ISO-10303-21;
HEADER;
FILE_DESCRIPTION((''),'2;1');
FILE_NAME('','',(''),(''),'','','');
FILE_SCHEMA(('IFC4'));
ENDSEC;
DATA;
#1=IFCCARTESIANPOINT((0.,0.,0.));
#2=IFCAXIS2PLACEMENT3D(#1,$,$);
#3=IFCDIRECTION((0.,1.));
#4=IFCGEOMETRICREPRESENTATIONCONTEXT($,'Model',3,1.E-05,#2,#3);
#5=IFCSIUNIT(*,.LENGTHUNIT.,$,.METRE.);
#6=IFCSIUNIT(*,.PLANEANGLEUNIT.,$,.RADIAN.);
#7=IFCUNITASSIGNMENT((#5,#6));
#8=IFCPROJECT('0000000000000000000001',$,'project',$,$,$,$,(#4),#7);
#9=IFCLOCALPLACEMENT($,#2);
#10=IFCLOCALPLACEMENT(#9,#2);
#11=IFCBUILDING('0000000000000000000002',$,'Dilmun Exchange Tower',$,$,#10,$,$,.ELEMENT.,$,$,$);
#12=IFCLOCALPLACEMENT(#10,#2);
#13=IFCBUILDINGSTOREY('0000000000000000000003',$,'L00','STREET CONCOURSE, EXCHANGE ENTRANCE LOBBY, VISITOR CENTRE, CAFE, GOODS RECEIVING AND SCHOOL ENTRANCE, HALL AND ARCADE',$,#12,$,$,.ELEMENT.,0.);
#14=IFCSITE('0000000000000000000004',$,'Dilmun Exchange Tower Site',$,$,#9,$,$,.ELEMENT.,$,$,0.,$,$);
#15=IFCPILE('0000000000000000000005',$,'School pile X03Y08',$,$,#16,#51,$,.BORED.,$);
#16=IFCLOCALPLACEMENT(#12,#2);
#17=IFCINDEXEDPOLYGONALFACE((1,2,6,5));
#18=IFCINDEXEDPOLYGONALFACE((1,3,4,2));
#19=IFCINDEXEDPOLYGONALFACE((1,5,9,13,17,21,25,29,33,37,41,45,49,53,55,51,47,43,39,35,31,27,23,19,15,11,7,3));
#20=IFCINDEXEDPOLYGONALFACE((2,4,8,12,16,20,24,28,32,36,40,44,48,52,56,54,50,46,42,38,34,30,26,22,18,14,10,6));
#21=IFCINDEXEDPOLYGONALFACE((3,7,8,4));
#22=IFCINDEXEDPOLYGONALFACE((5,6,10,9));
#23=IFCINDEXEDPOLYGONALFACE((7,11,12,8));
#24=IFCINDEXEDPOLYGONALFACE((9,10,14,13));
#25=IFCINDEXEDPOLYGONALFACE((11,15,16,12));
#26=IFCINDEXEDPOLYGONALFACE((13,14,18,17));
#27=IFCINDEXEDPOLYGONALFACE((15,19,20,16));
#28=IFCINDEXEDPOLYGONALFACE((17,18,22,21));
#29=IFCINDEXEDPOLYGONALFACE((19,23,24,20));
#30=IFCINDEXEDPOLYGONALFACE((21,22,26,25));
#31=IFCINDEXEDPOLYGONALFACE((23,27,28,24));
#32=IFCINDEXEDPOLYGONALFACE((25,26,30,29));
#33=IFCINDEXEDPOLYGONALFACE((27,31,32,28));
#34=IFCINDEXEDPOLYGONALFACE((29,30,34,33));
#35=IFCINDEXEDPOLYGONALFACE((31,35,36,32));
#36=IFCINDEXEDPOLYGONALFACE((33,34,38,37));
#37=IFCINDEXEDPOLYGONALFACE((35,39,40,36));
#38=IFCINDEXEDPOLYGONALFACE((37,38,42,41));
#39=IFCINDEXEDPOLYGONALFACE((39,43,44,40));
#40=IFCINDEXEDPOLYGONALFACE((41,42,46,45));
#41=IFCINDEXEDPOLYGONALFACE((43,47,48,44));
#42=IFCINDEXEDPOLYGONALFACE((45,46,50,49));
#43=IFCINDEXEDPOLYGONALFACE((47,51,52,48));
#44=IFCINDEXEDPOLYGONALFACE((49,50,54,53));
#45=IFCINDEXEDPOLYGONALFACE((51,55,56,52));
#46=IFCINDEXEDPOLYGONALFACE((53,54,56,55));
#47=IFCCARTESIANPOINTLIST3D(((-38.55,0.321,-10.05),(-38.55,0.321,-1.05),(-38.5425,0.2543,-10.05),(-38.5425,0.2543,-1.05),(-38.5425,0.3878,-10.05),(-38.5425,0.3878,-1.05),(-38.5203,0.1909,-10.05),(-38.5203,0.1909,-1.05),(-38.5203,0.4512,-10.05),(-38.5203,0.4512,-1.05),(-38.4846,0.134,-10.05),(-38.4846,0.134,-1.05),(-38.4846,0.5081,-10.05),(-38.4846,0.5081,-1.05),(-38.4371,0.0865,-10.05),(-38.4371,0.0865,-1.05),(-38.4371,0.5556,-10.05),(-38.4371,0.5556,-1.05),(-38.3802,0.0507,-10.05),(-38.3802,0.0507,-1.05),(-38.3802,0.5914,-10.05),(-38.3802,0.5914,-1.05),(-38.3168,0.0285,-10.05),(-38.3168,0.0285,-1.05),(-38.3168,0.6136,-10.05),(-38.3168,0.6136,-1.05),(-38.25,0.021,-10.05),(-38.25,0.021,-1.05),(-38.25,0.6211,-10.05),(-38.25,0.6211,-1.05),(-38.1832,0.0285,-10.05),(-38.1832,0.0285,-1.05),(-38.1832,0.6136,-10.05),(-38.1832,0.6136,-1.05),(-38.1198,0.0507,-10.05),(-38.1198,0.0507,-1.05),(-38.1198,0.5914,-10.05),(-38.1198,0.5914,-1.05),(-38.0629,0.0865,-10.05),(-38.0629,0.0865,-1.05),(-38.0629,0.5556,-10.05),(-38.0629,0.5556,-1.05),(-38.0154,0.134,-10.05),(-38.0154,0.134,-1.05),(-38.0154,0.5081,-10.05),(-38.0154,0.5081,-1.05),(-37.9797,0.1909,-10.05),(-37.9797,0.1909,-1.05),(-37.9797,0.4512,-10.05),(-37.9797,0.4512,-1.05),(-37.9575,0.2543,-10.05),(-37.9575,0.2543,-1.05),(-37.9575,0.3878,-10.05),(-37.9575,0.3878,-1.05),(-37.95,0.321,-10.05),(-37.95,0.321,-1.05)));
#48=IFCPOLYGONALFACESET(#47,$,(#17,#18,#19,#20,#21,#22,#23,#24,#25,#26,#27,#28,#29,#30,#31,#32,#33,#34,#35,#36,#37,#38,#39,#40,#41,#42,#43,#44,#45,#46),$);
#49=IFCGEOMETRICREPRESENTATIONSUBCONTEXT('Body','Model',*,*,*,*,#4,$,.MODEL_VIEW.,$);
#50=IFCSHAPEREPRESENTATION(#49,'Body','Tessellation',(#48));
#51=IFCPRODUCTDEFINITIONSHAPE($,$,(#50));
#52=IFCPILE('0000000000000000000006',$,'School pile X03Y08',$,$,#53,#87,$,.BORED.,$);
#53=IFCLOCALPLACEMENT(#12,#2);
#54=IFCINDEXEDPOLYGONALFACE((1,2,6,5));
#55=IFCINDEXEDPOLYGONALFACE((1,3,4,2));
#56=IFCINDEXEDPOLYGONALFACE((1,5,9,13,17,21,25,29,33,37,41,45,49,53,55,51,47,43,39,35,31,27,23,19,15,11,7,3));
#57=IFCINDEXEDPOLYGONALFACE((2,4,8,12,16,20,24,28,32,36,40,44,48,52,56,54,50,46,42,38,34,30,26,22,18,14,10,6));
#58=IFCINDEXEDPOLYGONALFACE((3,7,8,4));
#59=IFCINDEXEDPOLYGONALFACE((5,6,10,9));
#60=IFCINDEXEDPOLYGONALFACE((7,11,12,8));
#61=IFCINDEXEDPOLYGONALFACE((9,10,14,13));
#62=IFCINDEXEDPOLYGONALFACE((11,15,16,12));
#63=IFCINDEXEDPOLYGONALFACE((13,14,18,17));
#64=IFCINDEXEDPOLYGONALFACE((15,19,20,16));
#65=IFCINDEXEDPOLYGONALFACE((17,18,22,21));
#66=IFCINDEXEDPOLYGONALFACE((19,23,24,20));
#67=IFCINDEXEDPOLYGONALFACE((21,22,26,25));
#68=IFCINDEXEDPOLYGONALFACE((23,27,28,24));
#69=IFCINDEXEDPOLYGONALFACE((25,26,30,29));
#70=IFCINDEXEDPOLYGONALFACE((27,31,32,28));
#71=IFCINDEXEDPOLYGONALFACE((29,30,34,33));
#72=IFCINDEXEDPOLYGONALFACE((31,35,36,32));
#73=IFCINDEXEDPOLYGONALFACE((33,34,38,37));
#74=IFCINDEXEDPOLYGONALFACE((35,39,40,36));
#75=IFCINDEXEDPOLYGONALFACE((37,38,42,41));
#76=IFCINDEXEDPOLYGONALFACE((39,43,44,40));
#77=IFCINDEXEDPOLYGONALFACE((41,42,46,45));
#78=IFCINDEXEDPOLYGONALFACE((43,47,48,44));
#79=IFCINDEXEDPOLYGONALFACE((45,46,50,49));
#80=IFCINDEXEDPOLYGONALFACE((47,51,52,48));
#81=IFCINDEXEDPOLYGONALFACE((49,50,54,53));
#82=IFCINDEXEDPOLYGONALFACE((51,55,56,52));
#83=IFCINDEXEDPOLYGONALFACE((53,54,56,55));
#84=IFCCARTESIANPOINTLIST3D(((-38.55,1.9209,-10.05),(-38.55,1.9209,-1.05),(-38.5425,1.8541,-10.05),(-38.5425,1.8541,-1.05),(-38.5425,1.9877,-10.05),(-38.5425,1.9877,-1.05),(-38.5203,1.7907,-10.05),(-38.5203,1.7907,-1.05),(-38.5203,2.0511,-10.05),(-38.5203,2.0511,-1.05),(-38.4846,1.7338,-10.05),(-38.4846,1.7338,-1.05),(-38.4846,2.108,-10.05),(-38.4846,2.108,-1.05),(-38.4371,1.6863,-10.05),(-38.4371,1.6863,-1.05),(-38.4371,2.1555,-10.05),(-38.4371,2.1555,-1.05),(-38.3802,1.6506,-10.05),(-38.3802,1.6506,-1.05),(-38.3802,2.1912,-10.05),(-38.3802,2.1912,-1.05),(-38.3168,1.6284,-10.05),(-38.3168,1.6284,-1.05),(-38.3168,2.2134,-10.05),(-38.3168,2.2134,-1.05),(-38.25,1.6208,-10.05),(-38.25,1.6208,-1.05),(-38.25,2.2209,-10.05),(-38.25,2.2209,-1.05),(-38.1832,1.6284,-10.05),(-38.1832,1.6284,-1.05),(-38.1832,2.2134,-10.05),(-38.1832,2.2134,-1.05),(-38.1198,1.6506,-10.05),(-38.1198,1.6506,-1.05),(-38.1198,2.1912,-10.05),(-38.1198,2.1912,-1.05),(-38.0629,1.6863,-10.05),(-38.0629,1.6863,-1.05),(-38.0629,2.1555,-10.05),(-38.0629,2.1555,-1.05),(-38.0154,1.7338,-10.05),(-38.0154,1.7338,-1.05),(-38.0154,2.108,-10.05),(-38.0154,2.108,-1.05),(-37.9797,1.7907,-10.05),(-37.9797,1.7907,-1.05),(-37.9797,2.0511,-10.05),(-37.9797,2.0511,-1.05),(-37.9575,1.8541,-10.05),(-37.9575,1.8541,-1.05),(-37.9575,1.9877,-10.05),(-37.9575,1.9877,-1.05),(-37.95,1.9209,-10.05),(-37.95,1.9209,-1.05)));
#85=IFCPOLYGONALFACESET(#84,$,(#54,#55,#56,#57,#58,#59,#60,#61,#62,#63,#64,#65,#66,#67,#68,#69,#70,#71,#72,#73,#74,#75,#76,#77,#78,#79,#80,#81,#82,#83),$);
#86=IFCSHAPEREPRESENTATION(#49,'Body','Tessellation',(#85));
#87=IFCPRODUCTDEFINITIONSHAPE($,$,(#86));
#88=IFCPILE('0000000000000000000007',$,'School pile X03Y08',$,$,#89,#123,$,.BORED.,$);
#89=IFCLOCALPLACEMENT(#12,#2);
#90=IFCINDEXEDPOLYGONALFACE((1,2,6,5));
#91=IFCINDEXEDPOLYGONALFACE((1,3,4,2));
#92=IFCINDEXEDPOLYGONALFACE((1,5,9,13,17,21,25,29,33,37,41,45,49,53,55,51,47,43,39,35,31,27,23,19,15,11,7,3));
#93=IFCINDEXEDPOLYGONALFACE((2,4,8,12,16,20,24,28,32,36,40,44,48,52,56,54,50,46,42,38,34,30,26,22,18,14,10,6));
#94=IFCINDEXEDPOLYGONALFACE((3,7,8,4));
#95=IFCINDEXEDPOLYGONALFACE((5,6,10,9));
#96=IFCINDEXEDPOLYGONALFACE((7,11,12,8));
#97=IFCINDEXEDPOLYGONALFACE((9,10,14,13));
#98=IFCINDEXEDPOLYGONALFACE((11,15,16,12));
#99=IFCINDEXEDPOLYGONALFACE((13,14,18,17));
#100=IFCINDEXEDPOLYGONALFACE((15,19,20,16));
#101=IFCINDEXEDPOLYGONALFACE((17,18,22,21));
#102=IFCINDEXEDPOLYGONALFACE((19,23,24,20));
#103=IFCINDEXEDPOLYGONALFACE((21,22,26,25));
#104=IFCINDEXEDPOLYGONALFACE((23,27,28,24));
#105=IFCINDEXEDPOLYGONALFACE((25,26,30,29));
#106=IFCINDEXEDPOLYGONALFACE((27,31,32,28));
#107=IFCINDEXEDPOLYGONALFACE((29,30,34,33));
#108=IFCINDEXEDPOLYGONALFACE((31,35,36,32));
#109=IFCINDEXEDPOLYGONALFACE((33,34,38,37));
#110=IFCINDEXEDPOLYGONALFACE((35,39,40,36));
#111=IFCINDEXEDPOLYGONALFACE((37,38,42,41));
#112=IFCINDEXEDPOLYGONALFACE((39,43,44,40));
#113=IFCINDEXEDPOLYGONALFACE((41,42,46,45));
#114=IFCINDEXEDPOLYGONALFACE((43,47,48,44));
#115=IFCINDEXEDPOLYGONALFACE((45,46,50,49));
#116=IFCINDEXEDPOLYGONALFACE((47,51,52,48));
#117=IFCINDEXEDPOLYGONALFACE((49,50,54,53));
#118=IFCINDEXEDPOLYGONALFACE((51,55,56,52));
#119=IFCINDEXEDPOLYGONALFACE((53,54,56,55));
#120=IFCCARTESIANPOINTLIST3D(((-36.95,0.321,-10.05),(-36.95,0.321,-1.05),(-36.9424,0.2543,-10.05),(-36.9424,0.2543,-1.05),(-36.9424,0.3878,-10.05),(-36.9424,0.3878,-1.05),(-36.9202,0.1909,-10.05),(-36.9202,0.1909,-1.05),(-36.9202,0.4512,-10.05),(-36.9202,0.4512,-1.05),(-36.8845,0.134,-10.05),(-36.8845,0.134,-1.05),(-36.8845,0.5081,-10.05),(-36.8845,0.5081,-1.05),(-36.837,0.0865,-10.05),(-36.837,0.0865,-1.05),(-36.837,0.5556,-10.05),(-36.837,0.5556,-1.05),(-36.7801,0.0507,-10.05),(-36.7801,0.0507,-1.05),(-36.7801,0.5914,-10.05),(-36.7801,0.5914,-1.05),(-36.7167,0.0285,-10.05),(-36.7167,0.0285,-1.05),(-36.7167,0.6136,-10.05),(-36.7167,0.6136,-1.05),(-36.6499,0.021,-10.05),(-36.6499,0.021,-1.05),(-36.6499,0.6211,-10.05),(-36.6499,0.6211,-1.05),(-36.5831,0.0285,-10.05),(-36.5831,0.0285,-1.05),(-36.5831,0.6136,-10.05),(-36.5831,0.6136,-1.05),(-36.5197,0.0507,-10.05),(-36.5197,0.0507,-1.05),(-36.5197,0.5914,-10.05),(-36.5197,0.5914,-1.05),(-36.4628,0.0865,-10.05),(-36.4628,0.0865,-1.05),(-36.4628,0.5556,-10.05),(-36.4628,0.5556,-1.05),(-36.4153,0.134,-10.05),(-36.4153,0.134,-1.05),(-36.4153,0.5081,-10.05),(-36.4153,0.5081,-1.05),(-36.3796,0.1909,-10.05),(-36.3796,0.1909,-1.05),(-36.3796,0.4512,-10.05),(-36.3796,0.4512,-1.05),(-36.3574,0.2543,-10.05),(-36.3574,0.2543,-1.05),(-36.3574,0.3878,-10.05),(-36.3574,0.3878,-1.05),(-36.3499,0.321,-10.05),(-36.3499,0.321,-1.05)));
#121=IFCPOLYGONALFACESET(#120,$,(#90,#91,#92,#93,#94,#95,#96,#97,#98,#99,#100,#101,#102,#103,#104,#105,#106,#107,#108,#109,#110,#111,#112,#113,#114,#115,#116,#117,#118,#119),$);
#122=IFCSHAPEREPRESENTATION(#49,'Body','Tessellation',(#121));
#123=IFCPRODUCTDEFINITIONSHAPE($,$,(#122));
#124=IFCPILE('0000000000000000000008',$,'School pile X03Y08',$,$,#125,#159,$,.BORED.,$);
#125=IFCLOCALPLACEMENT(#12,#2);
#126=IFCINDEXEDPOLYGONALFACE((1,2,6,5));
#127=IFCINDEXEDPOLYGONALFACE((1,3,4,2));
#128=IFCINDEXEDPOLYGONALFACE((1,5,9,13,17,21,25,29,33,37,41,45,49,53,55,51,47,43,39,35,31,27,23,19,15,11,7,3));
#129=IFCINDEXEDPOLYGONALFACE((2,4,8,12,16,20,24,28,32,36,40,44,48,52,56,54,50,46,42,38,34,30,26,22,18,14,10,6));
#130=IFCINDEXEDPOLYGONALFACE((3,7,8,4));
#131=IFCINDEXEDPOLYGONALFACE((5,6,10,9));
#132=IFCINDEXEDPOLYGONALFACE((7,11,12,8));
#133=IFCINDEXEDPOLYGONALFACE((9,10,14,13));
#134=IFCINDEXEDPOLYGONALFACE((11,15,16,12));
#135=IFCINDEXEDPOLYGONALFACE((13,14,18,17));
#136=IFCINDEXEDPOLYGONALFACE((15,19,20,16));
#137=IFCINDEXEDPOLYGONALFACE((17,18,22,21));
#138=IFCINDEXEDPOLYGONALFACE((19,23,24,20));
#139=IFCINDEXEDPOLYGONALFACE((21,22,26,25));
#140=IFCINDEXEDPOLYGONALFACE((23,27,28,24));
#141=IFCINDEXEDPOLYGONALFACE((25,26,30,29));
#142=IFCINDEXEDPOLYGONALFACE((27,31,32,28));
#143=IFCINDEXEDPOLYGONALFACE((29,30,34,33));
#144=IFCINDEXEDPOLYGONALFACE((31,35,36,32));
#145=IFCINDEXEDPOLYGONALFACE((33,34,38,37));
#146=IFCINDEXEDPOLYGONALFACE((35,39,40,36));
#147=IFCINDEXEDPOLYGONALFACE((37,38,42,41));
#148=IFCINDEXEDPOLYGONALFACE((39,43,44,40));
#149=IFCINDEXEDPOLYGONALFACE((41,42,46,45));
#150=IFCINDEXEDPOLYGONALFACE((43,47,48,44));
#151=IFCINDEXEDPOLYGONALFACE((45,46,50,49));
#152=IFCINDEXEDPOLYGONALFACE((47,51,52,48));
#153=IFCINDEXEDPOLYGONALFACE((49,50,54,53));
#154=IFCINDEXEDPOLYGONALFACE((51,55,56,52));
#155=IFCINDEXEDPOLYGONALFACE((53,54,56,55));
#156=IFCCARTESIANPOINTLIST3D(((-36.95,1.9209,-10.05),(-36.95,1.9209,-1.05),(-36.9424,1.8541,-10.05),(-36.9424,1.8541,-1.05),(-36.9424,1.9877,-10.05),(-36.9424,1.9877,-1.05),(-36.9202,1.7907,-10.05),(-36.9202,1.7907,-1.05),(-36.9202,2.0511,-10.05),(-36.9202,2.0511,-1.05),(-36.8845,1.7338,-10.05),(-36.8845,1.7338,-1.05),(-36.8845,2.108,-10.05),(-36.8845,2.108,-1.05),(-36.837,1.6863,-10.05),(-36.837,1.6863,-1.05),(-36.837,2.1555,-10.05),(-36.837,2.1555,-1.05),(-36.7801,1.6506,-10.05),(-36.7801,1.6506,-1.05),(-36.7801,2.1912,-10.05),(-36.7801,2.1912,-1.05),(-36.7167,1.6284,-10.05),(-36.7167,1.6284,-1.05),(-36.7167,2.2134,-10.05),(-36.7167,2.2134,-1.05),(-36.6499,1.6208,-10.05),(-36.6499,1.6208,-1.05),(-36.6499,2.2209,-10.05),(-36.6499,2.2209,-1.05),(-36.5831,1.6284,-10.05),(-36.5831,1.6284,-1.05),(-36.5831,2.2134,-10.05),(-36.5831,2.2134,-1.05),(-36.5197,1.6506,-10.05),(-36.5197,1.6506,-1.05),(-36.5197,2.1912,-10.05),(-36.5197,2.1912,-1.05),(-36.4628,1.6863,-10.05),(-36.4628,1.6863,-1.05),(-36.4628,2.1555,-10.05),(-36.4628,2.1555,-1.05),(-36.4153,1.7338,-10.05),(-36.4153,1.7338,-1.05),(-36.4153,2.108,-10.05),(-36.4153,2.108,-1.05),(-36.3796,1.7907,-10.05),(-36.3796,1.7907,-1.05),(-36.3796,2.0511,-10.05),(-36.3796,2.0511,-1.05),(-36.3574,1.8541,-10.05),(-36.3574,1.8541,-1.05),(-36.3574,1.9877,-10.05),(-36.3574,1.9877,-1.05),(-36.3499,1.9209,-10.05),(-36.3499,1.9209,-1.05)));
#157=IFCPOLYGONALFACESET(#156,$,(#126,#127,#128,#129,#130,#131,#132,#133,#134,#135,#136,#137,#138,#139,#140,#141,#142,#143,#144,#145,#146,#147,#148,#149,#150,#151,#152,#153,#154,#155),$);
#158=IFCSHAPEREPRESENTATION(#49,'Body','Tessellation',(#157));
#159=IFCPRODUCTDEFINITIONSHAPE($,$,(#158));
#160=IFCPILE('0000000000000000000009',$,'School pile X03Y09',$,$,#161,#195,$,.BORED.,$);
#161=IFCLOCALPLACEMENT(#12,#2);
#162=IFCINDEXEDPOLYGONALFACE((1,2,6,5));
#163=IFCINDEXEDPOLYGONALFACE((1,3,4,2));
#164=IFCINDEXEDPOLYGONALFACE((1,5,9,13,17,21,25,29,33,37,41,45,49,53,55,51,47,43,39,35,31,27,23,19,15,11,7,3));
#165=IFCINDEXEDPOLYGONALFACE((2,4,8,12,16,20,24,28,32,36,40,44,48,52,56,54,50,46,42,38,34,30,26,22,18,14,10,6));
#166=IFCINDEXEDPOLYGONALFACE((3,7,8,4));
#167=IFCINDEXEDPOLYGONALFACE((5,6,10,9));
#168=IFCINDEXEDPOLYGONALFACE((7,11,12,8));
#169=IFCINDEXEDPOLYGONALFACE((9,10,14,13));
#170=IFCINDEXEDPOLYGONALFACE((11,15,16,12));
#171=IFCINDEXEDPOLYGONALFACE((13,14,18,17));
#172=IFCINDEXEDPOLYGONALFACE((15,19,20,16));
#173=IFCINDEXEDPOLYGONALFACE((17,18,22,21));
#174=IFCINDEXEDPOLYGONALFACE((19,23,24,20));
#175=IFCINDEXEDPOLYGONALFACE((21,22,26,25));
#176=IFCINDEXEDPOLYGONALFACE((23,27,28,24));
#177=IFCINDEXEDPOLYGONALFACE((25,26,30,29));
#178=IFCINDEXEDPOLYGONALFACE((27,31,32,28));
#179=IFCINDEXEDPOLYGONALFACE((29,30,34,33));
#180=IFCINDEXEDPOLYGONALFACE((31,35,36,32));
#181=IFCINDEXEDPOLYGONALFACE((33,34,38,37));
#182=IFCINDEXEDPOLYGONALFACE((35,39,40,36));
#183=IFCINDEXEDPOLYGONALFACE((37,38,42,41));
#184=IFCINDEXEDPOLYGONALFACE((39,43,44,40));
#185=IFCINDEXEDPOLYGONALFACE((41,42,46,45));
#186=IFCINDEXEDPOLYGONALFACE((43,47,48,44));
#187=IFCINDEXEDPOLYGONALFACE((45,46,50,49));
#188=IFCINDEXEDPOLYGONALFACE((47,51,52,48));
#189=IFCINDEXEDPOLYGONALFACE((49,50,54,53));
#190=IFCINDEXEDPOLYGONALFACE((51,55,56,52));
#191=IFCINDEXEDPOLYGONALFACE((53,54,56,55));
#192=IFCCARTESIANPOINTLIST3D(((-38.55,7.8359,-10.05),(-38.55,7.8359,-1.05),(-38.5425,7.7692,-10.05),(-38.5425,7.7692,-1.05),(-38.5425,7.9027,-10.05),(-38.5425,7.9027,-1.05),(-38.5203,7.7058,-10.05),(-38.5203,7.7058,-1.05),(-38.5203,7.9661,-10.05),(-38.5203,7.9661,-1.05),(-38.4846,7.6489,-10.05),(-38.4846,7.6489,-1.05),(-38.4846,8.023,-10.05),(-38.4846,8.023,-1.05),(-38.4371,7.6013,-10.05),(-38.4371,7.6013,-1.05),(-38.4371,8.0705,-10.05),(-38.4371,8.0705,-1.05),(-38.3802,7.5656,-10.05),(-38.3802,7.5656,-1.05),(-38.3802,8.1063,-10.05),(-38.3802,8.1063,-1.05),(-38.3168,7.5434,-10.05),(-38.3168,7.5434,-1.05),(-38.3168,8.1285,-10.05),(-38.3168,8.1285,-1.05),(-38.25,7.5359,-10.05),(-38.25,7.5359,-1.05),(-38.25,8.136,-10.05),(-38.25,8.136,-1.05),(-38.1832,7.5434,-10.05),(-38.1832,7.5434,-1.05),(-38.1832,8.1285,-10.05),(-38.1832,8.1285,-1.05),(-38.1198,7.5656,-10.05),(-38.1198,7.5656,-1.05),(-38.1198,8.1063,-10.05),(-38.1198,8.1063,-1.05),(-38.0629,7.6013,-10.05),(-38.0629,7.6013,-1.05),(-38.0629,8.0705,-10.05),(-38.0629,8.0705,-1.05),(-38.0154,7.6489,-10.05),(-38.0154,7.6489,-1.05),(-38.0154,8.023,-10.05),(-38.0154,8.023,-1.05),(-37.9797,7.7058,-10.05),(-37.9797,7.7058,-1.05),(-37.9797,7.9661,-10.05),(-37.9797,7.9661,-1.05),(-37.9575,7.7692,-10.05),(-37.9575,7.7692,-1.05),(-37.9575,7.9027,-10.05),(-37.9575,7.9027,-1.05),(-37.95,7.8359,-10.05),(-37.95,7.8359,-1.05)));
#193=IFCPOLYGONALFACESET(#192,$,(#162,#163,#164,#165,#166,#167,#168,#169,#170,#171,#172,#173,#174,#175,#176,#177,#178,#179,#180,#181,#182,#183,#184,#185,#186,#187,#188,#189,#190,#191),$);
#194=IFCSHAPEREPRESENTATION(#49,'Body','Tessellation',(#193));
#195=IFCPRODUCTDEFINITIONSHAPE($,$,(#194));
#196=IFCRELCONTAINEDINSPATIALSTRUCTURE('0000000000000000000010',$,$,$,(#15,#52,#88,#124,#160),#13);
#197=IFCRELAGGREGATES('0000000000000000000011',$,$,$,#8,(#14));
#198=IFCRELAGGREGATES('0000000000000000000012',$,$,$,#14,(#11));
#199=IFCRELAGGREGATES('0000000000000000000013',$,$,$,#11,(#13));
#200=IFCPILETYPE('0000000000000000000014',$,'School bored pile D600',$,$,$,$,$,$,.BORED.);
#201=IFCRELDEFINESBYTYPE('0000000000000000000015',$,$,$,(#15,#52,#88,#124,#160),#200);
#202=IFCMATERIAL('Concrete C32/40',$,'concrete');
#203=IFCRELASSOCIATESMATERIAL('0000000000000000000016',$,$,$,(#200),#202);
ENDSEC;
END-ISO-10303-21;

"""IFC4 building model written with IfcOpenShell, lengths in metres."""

from ifc_helpers import new_model, si_unit, direction, frame, origin, origin_2d, place, context, subcontext, project, spatial, circle, extrude, material, material_profile, profile_set, type_object, element, save


model = new_model("IFC4")

# Units and contexts
model_context = context("Model", 3, precision=1e-05, world=origin(), true_north=direction((0.0, 1.0)))
body_context = subcontext(model_context, "Body", "Model", "MODEL_VIEW")
ifc_project = project(units=[si_unit("LENGTHUNIT", "METRE"), si_unit("PLANEANGLEUNIT", "RADIAN")], contexts=[model_context])

# Site, building, storey
site_placement = place(None, origin())
site = spatial("IfcSite", under=ifc_project, at=site_placement, Name="Dilmun Exchange Tower Site", CompositionType="ELEMENT", RefElevation=0.0)
building_placement = place(site_placement, origin())
building = spatial("IfcBuilding", under=site, at=building_placement, Name="Dilmun Exchange Tower", CompositionType="ELEMENT")
storey_placement = place(building_placement, origin())
storey = spatial("IfcBuildingStorey", under=building, at=storey_placement, Name="L00", Description="STREET CONCOURSE, EXCHANGE ENTRANCE LOBBY, VISITOR CENTRE, CAFE, GOODS RECEIVING AND SCHOOL ENTRANCE, HALL AND ARCADE", CompositionType="ELEMENT", Elevation=0.0)

# Piles
ifc_material_1 = material(Name="Concrete C32/40", Category="concrete")
ifc_material_profile_1 = material_profile(ifc_material_1, circle(Radius=0.3, at=origin_2d()), Name="D600")
ifc_profile_set_1 = profile_set([ifc_material_profile_1], Name="Concrete C32/40")
pile_type = type_object("IfcPileType", Name="School bored pile D600", PredefinedType="BORED", material=ifc_profile_set_1)
for number, where, z_axis, x_axis, name in (
    (1, (-38.25, 0.321, -1.05), (0.0, 0.0, -1.0), (1.0, 0.0, 0.0), "School pile X03Y08"),
    (2, (-38.25, 1.9209, -1.05), (0.0, 0.0, -1.0), (1.0, 0.0, 0.0), "School pile X03Y08"),
    (3, (-36.6499, 0.321, -1.05), (0.0, 0.0, -1.0), (1.0, 0.0, 0.0), "School pile X03Y08"),
    (4, (-36.6499, 1.9209, -1.05), (0.0, 0.0, -1.0), (1.0, 0.0, 0.0), "School pile X03Y08"),
    (5, (-38.25, 7.8359, -1.05), (0.0, 0.0, -1.0), (1.0, 0.0, 0.0), "School pile X03Y09"),
):
    element("IfcPile", number, at=place(storey_placement, frame(where, z_axis=z_axis, x_axis=x_axis)), inside=storey, type_object=pile_type, Name=name, PredefinedType="BORED", context=body_context, shape_type="SweptSolid", body=[
        extrude(circle(Radius=0.3, at=origin_2d()), origin(), (0.0, 0.0, 1.0), 9.0),
    ])

save(model, "model.ifc")
